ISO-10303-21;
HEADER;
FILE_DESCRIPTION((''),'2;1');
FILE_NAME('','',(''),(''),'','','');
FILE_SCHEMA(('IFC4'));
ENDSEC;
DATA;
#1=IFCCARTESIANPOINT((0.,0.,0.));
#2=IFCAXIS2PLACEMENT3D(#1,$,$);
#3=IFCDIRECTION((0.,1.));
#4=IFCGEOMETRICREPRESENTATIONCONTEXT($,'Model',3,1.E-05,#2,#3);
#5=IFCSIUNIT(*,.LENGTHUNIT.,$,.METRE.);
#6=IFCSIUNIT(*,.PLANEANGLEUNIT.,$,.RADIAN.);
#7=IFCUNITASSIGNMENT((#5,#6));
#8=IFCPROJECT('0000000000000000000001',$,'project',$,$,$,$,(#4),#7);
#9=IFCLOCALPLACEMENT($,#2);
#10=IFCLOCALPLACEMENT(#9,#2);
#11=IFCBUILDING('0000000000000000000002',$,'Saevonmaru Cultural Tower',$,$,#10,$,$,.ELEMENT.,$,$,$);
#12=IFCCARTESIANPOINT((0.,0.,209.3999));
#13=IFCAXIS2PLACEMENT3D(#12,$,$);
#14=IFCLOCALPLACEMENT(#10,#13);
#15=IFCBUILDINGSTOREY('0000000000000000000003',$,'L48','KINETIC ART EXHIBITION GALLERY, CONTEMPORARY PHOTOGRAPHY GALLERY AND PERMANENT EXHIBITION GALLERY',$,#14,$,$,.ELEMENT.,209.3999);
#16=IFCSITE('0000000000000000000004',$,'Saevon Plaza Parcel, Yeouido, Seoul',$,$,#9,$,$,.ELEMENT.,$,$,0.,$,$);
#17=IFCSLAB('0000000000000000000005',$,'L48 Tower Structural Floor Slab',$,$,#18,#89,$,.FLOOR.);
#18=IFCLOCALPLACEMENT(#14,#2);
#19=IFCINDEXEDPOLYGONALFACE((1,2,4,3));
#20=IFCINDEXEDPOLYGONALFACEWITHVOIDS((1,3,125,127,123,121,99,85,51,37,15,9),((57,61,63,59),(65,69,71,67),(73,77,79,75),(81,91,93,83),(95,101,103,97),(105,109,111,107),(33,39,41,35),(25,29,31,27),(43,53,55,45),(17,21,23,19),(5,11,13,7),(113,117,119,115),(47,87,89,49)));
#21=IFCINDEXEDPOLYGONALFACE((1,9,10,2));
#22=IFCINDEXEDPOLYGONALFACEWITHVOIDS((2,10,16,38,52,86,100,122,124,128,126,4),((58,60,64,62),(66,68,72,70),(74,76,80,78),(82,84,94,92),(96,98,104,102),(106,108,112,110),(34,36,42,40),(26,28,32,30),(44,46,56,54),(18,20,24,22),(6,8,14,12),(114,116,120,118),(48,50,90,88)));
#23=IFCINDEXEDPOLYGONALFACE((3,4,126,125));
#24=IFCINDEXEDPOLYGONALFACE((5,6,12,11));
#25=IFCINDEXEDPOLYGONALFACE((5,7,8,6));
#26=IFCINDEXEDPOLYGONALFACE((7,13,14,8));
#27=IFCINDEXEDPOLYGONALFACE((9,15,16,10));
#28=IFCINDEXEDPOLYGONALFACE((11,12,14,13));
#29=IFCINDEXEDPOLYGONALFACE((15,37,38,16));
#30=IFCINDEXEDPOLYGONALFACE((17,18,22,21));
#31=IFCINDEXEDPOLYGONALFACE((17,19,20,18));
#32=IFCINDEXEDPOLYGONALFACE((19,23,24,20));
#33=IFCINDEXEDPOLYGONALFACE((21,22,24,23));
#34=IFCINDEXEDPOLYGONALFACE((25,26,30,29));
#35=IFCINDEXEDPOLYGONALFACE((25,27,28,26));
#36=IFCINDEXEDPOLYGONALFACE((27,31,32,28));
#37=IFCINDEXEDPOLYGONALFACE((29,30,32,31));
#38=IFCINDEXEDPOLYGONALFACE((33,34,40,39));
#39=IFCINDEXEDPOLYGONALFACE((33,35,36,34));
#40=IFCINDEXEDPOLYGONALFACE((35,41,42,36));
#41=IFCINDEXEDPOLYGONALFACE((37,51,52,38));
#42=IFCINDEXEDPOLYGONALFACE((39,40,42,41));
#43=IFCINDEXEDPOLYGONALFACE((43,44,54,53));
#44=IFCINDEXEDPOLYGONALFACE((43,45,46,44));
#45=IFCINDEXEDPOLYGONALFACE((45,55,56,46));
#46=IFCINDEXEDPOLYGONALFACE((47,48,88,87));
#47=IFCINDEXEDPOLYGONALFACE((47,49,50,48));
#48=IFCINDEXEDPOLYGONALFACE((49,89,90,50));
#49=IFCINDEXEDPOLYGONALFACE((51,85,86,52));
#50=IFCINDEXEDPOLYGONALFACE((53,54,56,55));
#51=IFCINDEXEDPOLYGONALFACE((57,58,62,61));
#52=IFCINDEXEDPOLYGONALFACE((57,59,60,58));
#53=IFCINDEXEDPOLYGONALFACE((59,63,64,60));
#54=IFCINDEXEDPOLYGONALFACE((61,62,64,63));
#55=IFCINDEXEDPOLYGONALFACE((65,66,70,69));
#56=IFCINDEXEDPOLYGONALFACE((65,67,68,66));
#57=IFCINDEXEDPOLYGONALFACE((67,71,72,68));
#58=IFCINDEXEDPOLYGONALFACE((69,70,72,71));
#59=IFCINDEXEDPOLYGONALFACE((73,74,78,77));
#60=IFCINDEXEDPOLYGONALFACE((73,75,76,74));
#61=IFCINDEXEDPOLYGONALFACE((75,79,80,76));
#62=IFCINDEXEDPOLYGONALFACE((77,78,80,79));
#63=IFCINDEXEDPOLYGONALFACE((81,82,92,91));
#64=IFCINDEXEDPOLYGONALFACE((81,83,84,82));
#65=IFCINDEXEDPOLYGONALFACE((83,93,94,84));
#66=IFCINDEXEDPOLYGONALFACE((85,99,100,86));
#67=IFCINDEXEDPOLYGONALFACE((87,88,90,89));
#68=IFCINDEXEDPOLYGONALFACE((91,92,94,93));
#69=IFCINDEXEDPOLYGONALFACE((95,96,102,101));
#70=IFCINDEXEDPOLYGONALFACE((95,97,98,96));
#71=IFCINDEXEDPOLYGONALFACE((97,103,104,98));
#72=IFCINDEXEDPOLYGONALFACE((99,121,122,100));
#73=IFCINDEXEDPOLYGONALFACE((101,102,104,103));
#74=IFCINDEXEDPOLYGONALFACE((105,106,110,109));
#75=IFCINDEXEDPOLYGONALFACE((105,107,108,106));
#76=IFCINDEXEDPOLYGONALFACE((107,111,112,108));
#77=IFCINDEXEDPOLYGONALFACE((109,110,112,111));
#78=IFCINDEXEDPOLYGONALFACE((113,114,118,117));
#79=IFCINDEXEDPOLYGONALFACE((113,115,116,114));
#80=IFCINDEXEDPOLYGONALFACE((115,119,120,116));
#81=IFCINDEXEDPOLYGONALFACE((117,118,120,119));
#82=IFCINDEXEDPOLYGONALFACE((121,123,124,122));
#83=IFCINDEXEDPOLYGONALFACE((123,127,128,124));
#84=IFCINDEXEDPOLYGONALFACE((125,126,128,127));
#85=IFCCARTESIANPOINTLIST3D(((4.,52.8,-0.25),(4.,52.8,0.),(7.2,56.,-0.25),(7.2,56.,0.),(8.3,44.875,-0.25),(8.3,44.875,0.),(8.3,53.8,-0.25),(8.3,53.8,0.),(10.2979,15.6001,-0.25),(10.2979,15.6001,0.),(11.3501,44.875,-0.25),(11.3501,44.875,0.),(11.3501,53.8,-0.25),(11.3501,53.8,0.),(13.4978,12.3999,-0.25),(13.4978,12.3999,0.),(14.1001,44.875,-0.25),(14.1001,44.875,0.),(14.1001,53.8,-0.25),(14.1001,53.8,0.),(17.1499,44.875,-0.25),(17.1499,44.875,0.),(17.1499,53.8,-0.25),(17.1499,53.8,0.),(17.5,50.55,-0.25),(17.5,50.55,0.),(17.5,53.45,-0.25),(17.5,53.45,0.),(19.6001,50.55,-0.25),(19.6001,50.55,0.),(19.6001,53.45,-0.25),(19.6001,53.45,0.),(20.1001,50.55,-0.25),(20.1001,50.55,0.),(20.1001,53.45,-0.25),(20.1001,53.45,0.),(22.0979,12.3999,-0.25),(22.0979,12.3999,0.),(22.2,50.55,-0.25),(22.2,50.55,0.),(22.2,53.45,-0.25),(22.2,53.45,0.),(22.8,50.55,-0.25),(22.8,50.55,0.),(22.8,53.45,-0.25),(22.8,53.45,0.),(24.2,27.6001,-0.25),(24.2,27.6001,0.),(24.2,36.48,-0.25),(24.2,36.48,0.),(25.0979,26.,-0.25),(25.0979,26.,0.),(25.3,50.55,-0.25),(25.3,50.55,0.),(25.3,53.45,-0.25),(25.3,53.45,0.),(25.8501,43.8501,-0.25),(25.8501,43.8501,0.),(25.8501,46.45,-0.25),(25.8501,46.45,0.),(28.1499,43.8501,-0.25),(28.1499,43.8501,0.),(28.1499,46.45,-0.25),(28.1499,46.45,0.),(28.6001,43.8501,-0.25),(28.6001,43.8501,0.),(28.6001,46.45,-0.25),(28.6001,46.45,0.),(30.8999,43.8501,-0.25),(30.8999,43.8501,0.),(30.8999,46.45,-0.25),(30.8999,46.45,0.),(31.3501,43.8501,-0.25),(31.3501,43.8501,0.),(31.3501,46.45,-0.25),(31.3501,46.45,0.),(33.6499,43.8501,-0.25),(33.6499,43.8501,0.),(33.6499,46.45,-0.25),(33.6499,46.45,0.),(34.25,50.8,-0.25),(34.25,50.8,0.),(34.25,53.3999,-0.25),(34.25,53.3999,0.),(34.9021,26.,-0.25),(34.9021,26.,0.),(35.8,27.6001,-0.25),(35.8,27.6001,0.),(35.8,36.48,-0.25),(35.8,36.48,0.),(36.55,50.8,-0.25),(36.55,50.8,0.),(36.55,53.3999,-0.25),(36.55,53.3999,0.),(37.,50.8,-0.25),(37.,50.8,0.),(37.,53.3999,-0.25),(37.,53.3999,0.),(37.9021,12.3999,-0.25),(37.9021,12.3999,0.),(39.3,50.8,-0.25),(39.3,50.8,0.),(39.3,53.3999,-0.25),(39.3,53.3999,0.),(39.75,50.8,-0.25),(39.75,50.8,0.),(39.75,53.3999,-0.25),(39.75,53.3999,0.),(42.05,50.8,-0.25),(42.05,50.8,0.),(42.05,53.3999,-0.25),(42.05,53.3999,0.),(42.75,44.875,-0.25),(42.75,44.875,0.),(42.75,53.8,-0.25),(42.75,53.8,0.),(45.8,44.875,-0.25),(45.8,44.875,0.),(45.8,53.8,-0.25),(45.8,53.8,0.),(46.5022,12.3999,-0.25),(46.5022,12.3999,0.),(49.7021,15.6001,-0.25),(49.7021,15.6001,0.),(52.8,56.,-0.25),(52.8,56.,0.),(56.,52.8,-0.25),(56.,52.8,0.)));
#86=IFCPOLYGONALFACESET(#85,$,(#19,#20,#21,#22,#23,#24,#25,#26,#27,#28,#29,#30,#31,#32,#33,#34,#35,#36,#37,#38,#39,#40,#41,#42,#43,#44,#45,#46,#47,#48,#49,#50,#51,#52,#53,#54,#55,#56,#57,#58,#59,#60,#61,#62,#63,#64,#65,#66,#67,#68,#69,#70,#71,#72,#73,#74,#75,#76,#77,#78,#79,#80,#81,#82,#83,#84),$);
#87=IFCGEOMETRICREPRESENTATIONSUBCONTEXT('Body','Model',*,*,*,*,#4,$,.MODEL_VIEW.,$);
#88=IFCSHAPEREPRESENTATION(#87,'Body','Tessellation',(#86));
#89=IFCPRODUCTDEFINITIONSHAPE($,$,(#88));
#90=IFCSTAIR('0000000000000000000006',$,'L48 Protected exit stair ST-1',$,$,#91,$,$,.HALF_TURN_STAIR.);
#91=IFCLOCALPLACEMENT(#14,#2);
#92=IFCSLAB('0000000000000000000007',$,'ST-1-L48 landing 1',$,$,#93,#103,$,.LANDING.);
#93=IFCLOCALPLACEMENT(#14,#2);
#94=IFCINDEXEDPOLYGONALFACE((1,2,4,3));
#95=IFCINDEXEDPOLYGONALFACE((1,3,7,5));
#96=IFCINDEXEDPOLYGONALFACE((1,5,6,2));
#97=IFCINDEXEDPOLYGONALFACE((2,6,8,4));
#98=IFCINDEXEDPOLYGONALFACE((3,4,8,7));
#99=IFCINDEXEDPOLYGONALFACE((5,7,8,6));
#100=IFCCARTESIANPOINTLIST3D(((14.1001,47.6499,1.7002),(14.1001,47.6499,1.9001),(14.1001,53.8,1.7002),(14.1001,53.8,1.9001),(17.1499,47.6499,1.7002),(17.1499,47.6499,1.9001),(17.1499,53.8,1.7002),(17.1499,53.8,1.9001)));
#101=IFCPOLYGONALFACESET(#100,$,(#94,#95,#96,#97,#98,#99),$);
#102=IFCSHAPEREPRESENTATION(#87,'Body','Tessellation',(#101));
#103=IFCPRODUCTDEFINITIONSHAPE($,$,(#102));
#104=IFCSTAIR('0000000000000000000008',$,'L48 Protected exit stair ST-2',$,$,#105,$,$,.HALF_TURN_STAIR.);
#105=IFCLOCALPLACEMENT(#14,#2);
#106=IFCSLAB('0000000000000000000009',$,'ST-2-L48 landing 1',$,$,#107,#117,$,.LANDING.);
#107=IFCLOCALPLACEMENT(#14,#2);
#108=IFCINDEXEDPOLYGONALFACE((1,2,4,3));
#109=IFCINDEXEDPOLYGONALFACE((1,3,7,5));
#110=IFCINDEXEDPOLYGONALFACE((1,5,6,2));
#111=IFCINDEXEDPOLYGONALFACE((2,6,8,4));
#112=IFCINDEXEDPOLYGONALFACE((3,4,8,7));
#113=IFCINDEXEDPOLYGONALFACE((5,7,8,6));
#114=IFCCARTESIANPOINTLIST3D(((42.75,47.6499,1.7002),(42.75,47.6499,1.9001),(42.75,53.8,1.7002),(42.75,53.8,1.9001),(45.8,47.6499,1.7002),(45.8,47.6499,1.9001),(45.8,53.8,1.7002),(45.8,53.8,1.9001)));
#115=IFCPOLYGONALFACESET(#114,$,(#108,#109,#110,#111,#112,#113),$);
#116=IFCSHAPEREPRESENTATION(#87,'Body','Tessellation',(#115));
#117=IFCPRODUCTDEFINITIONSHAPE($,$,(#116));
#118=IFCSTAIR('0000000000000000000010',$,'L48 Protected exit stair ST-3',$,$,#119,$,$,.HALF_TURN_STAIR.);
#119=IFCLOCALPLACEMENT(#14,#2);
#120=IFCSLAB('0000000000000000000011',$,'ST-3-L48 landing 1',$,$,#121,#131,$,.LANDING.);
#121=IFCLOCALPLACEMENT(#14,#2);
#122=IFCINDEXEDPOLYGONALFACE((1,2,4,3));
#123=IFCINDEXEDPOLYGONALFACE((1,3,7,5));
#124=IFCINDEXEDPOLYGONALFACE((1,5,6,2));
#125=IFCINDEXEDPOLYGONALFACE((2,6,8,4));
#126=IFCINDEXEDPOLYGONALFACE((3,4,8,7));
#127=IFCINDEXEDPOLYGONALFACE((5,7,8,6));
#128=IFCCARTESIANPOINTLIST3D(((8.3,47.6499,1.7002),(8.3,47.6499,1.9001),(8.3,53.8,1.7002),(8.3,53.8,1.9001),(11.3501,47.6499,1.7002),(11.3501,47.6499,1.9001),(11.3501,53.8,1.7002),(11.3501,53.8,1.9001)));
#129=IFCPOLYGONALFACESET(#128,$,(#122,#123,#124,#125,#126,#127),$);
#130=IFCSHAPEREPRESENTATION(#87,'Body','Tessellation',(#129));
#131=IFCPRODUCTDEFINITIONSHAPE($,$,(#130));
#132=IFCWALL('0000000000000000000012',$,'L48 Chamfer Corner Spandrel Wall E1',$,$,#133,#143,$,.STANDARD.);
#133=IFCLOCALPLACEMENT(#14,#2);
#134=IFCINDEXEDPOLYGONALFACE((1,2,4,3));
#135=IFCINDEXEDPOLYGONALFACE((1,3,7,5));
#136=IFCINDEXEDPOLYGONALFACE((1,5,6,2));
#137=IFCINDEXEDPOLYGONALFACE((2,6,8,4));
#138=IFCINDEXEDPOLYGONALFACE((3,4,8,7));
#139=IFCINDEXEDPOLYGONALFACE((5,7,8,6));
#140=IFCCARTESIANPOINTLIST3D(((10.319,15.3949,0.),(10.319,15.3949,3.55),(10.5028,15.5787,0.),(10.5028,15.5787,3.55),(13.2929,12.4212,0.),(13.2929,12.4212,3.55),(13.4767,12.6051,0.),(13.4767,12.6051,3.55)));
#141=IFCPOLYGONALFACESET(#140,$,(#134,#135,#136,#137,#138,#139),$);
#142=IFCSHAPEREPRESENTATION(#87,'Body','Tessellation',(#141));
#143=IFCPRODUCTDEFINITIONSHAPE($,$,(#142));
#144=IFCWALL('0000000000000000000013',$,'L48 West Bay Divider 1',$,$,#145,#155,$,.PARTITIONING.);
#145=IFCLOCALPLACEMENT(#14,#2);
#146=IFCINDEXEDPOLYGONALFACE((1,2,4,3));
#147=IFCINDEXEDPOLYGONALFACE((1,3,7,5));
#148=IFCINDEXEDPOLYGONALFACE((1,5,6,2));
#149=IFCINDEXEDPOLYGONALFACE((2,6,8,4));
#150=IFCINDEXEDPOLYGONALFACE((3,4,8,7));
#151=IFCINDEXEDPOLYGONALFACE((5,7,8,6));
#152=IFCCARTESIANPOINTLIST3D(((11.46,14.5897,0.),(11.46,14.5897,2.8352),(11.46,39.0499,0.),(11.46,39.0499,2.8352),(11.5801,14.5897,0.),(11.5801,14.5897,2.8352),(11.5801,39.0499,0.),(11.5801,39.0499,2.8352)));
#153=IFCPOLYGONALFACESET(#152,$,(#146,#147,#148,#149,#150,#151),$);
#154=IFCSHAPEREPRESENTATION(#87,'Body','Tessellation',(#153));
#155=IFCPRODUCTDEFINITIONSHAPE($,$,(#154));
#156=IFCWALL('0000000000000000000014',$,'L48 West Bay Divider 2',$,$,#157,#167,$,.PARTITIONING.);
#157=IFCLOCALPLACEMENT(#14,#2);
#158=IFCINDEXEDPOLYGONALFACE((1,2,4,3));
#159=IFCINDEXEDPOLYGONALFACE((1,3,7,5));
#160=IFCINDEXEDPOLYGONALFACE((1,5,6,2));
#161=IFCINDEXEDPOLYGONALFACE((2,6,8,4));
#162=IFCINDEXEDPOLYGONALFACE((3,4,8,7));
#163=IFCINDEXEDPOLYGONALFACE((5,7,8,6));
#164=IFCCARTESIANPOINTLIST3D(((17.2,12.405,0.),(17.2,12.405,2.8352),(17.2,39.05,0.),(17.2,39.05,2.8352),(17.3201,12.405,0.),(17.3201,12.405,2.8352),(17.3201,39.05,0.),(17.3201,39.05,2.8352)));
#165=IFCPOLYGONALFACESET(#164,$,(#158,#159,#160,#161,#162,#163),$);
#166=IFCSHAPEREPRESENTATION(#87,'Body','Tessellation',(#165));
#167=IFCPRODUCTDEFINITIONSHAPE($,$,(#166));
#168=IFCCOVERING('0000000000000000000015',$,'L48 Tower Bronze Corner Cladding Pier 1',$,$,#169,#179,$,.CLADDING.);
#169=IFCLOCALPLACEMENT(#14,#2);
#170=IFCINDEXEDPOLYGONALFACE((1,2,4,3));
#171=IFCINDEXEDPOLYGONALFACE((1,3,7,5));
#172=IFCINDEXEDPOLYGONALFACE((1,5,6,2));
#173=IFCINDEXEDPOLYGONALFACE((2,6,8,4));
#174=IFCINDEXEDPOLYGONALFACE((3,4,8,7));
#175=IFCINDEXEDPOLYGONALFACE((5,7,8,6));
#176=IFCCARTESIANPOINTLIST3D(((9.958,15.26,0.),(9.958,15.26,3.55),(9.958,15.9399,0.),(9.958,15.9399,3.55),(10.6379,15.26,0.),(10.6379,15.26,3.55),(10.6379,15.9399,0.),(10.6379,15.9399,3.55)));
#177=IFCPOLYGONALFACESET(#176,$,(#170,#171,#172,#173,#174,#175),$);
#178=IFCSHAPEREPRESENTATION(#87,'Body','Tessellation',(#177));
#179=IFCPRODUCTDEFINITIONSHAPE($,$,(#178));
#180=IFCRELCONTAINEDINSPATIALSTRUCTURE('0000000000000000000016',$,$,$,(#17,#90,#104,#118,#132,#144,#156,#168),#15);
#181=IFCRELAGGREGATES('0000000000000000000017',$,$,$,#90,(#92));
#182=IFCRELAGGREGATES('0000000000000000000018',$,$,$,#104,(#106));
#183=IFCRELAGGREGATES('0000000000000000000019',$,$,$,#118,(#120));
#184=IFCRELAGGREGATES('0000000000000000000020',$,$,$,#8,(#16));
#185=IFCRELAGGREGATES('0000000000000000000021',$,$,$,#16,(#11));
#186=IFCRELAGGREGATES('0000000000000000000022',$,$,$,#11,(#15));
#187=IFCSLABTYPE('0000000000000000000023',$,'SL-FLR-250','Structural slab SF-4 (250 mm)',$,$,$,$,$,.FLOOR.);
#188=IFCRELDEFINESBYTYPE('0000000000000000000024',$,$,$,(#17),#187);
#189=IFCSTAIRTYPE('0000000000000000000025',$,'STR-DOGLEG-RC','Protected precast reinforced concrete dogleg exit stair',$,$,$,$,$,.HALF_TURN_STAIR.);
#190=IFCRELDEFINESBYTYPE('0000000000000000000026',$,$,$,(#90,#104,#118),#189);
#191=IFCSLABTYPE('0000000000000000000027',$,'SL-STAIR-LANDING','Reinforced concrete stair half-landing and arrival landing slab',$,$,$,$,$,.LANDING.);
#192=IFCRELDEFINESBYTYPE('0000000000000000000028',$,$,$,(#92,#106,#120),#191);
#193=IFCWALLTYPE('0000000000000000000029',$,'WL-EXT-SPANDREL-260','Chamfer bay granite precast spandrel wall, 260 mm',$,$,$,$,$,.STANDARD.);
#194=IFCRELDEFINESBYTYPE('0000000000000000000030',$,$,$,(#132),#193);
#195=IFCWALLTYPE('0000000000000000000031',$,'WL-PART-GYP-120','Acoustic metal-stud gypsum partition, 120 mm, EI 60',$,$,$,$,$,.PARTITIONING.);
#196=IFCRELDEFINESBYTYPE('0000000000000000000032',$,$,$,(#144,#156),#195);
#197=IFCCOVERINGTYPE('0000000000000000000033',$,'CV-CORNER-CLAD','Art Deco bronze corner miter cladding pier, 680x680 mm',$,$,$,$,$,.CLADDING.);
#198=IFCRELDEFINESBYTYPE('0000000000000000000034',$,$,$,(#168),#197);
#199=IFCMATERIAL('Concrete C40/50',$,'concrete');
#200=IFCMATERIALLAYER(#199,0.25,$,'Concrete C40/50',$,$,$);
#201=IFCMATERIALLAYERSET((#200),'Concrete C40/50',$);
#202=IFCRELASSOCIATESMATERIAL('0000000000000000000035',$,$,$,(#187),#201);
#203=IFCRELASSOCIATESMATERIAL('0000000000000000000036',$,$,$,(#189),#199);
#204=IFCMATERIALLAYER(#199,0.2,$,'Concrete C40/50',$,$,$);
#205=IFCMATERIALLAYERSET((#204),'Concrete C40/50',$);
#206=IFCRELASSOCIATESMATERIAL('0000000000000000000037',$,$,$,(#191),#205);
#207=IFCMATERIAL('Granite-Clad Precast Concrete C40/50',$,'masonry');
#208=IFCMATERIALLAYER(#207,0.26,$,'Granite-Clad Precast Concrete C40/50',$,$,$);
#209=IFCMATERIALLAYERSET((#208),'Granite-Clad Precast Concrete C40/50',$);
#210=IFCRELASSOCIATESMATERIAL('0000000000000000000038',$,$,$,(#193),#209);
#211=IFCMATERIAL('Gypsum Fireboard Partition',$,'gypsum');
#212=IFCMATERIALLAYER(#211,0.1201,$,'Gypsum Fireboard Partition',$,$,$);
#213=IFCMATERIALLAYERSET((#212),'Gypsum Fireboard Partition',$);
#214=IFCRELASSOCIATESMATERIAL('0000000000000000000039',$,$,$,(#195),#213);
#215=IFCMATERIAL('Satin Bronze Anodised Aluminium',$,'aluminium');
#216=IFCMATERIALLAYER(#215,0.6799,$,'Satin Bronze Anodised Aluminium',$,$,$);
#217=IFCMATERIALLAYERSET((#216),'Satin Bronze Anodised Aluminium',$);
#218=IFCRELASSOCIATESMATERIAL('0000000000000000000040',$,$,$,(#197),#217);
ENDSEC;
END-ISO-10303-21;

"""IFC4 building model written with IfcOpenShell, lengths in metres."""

from ifc_helpers import new_model, si_unit, direction, frame, frame_2d, origin, place, context, subcontext, project, spatial, polyline, rectangle, outline, extrude, material, layer, layer_set, type_object, element, aggregate, save


model = new_model("IFC4")

# Units and contexts
model_context = context("Model", 3, precision=1e-05, world=origin(), true_north=direction((0.0, 1.0)))
body_context = subcontext(model_context, "Body", "Model", "MODEL_VIEW")
ifc_project = project(units=[si_unit("LENGTHUNIT", "METRE"), si_unit("PLANEANGLEUNIT", "RADIAN")], contexts=[model_context])

# Site, building, storey
site_placement = place(None, origin())
site = spatial("IfcSite", under=ifc_project, at=site_placement, Name="Saevon Plaza Parcel, Yeouido, Seoul", CompositionType="ELEMENT", RefElevation=0.0)
building_placement = place(site_placement, origin())
building = spatial("IfcBuilding", under=site, at=building_placement, Name="Saevonmaru Cultural Tower", CompositionType="ELEMENT")
storey_placement = place(building_placement, frame((0.0, 0.0, 209.3999)))
storey = spatial("IfcBuildingStorey", under=building, at=storey_placement, Name="L48", Description="KINETIC ART EXHIBITION GALLERY, CONTEMPORARY PHOTOGRAPHY GALLERY AND PERMANENT EXHIBITION GALLERY", CompositionType="ELEMENT", Elevation=209.3999)

# Shared definitions
ifc_material_1 = material(Name="Satin Bronze Anodised Aluminium", Category="aluminium")

# Slab
ifc_material_2 = material(Name="Concrete C40/50", Category="concrete")
ifc_layer_1 = layer(ifc_material_2, 0.25, Name="Concrete C40/50")
ifc_layer_set_1 = layer_set([ifc_layer_1], Name="Concrete C40/50")
slab_type_1 = type_object("IfcSlabType", Name="SL-FLR-250", Description="Structural slab SF-4 (250 mm)", PredefinedType="FLOOR", material=ifc_layer_set_1)
slab_1_placement = place(storey_placement, frame((0.0, 0.0, -0.25)))
element("IfcSlab", 1, at=slab_1_placement, inside=storey, type_object=slab_type_1, Name="L48 Tower Structural Floor Slab", PredefinedType="FLOOR", context=body_context, shape_type="SweptSolid", body=[
    extrude(outline(polyline([(10.2979, 15.6001), (13.4978, 12.3999), (22.0979, 12.3999), (25.0979, 26.0), (34.9021, 26.0), (37.9021, 12.3999), (46.5022, 12.3999), (49.7021, 15.6001), (56.0, 52.8), (52.8, 56.0), (7.2, 56.0), (4.0, 52.8), (10.2979, 15.6001)]), holes=[polyline([(45.8, 44.875), (42.75, 44.875), (42.75, 53.8), (45.8, 53.8), (45.8, 44.875)]), polyline([(39.75, 50.8), (39.75, 53.3999), (42.05, 53.3999), (42.05, 50.8), (39.75, 50.8)]), polyline([(37.0, 50.8), (37.0, 53.3999), (39.3, 53.3999), (39.3, 50.8), (37.0, 50.8)]), polyline([(34.25, 50.8), (34.25, 53.3999), (36.55, 53.3999), (36.55, 50.8), (34.25, 50.8)]), polyline([(24.2, 27.6001), (24.2, 36.48), (35.8, 36.48), (35.8, 27.6001), (24.2, 27.6001)]), polyline([(31.3501, 43.8501), (31.3501, 46.45), (33.6499, 46.45), (33.6499, 43.8501), (31.3501, 43.8501)]), polyline([(28.6001, 43.8501), (28.6001, 46.45), (30.8999, 46.45), (30.8999, 43.8501), (28.6001, 43.8501)]), polyline([(28.1499, 43.8501), (25.8501, 43.8501), (25.8501, 46.45), (28.1499, 46.45), (28.1499, 43.8501)]), polyline([(25.3, 50.55), (22.8, 50.55), (22.8, 53.45), (25.3, 53.45), (25.3, 50.55)]), polyline([(20.1001, 50.55), (20.1001, 53.45), (22.2, 53.45), (22.2, 50.55), (20.1001, 50.55)]), polyline([(17.5, 50.55), (17.5, 53.45), (19.6001, 53.45), (19.6001, 50.55), (17.5, 50.55)]), polyline([(17.1499, 53.8), (17.1499, 44.875), (14.1001, 44.875), (14.1001, 53.8), (17.1499, 53.8)]), polyline([(11.3501, 44.875), (8.3, 44.875), (8.3, 53.8), (11.3501, 53.8), (11.3501, 44.875)])]), origin(), (0.0, 0.0, 1.0), 0.25),
])

# Stairs, slabs
stair_type = type_object("IfcStairType", Name="STR-DOGLEG-RC", Description="Protected precast reinforced concrete dogleg exit stair", PredefinedType="HALF_TURN_STAIR", material=ifc_material_2)
stair_1_placement = place(storey_placement, origin())
stair_1 = element("IfcStair", 2, at=stair_1_placement, inside=storey, type_object=stair_type, Name="L48 Protected exit stair ST-1", PredefinedType="HALF_TURN_STAIR")
ifc_layer_2 = layer(ifc_material_2, 0.2, Name="Concrete C40/50")
ifc_layer_set_2 = layer_set([ifc_layer_2], Name="Concrete C40/50")
slab_type_2 = type_object("IfcSlabType", Name="SL-STAIR-LANDING", Description="Reinforced concrete stair half-landing and arrival landing slab", PredefinedType="LANDING", material=ifc_layer_set_2)
slab_2_placement = place(storey_placement, frame((0.0, 0.0, 1.7002)))
slab_2 = element("IfcSlab", 3, at=slab_2_placement, type_object=slab_type_2, Name="ST-1-L48 landing 1", PredefinedType="LANDING", context=body_context, shape_type="SweptSolid", body=[
    extrude(outline(polyline([(17.1499, 47.6499), (17.1499, 53.8), (14.1001, 53.8), (14.1001, 47.6499), (17.1499, 47.6499)])), origin(), (0.0, 0.0, 1.0), 0.2),
])
aggregate(stair_1, [slab_2])
stair_2_placement = place(storey_placement, origin())
stair_2 = element("IfcStair", 4, at=stair_2_placement, inside=storey, type_object=stair_type, Name="L48 Protected exit stair ST-2", PredefinedType="HALF_TURN_STAIR")
slab_3_placement = place(storey_placement, frame((0.0, 0.0, 1.7002)))
slab_3 = element("IfcSlab", 5, at=slab_3_placement, type_object=slab_type_2, Name="ST-2-L48 landing 1", PredefinedType="LANDING", context=body_context, shape_type="SweptSolid", body=[
    extrude(outline(polyline([(45.8, 47.6499), (45.8, 53.8), (42.75, 53.8), (42.75, 47.6499), (45.8, 47.6499)])), origin(), (0.0, 0.0, 1.0), 0.2),
])
aggregate(stair_2, [slab_3])
stair_3_placement = place(storey_placement, origin())
stair_3 = element("IfcStair", 6, at=stair_3_placement, inside=storey, type_object=stair_type, Name="L48 Protected exit stair ST-3", PredefinedType="HALF_TURN_STAIR")
slab_4_placement = place(storey_placement, frame((0.0, 0.0, 1.7002)))
slab_4 = element("IfcSlab", 7, at=slab_4_placement, type_object=slab_type_2, Name="ST-3-L48 landing 1", PredefinedType="LANDING", context=body_context, shape_type="SweptSolid", body=[
    extrude(outline(polyline([(11.3501, 47.6499), (11.3501, 53.8), (8.3, 53.8), (8.3, 47.6499), (11.3501, 47.6499)])), origin(), (0.0, 0.0, 1.0), 0.2),
])
aggregate(stair_3, [slab_4])

# Walls
ifc_material_3 = material(Name="Granite-Clad Precast Concrete C40/50", Category="masonry")
ifc_layer_3 = layer(ifc_material_3, 0.26, Name="Granite-Clad Precast Concrete C40/50")
ifc_layer_set_3 = layer_set([ifc_layer_3], Name="Granite-Clad Precast Concrete C40/50")
wall_type_1 = type_object("IfcWallType", Name="WL-EXT-SPANDREL-260", Description="Chamfer bay granite precast spandrel wall, 260 mm", PredefinedType="STANDARD", material=ifc_layer_set_3)
wall_1_placement = place(storey_placement, frame((10.4109, 15.4868, 0.0), z_axis=(0.0, 0.0, 1.0), x_axis=(0.707136, -0.707078, 0.0)))
element("IfcWall", 8, at=wall_1_placement, inside=storey, type_object=wall_type_1, Name="L48 Chamfer Corner Spandrel Wall E1", PredefinedType="STANDARD", context=body_context, shape_type="SweptSolid", body=[
    extrude(rectangle(XDim=4.2056, YDim=0.26, at=frame_2d((2.1028, 0.0))), origin(), (0.0, 0.0, 1.0), 3.55),
])
ifc_material_4 = material(Name="Gypsum Fireboard Partition", Category="gypsum")
ifc_layer_4 = layer(ifc_material_4, 0.1201, Name="Gypsum Fireboard Partition")
ifc_layer_set_4 = layer_set([ifc_layer_4], Name="Gypsum Fireboard Partition")
wall_type_2 = type_object("IfcWallType", Name="WL-PART-GYP-120", Description="Acoustic metal-stud gypsum partition, 120 mm, EI 60", PredefinedType="PARTITIONING", material=ifc_layer_set_4)
wall_2_placement = place(storey_placement, frame((11.52, 14.5898, 0.0), z_axis=(0.0, 0.0, 1.0), x_axis=(0.0, 1.0, 0.0)))
element("IfcWall", 9, at=wall_2_placement, inside=storey, type_object=wall_type_2, Name="L48 West Bay Divider 1", PredefinedType="PARTITIONING", context=body_context, shape_type="SweptSolid", body=[
    extrude(rectangle(XDim=24.4602, YDim=0.1201, at=frame_2d((12.23, 0.0))), origin(), (0.0, 0.0, 1.0), 2.8352),
])
wall_3_placement = place(storey_placement, frame((17.26, 12.405, 0.0), z_axis=(0.0, 0.0, 1.0), x_axis=(0.0, 1.0, 0.0)))
element("IfcWall", 10, at=wall_3_placement, inside=storey, type_object=wall_type_2, Name="L48 West Bay Divider 2", PredefinedType="PARTITIONING", context=body_context, shape_type="SweptSolid", body=[
    extrude(rectangle(XDim=26.645, YDim=0.1201, at=frame_2d((13.3225, 0.0))), origin(), (0.0, 0.0, 1.0), 2.8352),
])

# Covering
ifc_layer_5 = layer(ifc_material_1, 0.6799, Name="Satin Bronze Anodised Aluminium")
ifc_layer_set_5 = layer_set([ifc_layer_5], Name="Satin Bronze Anodised Aluminium")
covering_type = type_object("IfcCoveringType", Name="CV-CORNER-CLAD", Description="Art Deco bronze corner miter cladding pier, 680x680 mm", PredefinedType="CLADDING", material=ifc_layer_set_5)
covering_1_placement = place(storey_placement, origin())
element("IfcCovering", 11, at=covering_1_placement, inside=storey, type_object=covering_type, Name="L48 Tower Bronze Corner Cladding Pier 1", PredefinedType="CLADDING", context=body_context, shape_type="SweptSolid", body=[
    extrude(outline(polyline([(9.958, 15.26), (10.6379, 15.26), (10.6379, 15.9399), (9.958, 15.9399), (9.958, 15.26)])), origin(), (0.0, 0.0, 1.0), 3.55),
])

save(model, "model.ifc")
